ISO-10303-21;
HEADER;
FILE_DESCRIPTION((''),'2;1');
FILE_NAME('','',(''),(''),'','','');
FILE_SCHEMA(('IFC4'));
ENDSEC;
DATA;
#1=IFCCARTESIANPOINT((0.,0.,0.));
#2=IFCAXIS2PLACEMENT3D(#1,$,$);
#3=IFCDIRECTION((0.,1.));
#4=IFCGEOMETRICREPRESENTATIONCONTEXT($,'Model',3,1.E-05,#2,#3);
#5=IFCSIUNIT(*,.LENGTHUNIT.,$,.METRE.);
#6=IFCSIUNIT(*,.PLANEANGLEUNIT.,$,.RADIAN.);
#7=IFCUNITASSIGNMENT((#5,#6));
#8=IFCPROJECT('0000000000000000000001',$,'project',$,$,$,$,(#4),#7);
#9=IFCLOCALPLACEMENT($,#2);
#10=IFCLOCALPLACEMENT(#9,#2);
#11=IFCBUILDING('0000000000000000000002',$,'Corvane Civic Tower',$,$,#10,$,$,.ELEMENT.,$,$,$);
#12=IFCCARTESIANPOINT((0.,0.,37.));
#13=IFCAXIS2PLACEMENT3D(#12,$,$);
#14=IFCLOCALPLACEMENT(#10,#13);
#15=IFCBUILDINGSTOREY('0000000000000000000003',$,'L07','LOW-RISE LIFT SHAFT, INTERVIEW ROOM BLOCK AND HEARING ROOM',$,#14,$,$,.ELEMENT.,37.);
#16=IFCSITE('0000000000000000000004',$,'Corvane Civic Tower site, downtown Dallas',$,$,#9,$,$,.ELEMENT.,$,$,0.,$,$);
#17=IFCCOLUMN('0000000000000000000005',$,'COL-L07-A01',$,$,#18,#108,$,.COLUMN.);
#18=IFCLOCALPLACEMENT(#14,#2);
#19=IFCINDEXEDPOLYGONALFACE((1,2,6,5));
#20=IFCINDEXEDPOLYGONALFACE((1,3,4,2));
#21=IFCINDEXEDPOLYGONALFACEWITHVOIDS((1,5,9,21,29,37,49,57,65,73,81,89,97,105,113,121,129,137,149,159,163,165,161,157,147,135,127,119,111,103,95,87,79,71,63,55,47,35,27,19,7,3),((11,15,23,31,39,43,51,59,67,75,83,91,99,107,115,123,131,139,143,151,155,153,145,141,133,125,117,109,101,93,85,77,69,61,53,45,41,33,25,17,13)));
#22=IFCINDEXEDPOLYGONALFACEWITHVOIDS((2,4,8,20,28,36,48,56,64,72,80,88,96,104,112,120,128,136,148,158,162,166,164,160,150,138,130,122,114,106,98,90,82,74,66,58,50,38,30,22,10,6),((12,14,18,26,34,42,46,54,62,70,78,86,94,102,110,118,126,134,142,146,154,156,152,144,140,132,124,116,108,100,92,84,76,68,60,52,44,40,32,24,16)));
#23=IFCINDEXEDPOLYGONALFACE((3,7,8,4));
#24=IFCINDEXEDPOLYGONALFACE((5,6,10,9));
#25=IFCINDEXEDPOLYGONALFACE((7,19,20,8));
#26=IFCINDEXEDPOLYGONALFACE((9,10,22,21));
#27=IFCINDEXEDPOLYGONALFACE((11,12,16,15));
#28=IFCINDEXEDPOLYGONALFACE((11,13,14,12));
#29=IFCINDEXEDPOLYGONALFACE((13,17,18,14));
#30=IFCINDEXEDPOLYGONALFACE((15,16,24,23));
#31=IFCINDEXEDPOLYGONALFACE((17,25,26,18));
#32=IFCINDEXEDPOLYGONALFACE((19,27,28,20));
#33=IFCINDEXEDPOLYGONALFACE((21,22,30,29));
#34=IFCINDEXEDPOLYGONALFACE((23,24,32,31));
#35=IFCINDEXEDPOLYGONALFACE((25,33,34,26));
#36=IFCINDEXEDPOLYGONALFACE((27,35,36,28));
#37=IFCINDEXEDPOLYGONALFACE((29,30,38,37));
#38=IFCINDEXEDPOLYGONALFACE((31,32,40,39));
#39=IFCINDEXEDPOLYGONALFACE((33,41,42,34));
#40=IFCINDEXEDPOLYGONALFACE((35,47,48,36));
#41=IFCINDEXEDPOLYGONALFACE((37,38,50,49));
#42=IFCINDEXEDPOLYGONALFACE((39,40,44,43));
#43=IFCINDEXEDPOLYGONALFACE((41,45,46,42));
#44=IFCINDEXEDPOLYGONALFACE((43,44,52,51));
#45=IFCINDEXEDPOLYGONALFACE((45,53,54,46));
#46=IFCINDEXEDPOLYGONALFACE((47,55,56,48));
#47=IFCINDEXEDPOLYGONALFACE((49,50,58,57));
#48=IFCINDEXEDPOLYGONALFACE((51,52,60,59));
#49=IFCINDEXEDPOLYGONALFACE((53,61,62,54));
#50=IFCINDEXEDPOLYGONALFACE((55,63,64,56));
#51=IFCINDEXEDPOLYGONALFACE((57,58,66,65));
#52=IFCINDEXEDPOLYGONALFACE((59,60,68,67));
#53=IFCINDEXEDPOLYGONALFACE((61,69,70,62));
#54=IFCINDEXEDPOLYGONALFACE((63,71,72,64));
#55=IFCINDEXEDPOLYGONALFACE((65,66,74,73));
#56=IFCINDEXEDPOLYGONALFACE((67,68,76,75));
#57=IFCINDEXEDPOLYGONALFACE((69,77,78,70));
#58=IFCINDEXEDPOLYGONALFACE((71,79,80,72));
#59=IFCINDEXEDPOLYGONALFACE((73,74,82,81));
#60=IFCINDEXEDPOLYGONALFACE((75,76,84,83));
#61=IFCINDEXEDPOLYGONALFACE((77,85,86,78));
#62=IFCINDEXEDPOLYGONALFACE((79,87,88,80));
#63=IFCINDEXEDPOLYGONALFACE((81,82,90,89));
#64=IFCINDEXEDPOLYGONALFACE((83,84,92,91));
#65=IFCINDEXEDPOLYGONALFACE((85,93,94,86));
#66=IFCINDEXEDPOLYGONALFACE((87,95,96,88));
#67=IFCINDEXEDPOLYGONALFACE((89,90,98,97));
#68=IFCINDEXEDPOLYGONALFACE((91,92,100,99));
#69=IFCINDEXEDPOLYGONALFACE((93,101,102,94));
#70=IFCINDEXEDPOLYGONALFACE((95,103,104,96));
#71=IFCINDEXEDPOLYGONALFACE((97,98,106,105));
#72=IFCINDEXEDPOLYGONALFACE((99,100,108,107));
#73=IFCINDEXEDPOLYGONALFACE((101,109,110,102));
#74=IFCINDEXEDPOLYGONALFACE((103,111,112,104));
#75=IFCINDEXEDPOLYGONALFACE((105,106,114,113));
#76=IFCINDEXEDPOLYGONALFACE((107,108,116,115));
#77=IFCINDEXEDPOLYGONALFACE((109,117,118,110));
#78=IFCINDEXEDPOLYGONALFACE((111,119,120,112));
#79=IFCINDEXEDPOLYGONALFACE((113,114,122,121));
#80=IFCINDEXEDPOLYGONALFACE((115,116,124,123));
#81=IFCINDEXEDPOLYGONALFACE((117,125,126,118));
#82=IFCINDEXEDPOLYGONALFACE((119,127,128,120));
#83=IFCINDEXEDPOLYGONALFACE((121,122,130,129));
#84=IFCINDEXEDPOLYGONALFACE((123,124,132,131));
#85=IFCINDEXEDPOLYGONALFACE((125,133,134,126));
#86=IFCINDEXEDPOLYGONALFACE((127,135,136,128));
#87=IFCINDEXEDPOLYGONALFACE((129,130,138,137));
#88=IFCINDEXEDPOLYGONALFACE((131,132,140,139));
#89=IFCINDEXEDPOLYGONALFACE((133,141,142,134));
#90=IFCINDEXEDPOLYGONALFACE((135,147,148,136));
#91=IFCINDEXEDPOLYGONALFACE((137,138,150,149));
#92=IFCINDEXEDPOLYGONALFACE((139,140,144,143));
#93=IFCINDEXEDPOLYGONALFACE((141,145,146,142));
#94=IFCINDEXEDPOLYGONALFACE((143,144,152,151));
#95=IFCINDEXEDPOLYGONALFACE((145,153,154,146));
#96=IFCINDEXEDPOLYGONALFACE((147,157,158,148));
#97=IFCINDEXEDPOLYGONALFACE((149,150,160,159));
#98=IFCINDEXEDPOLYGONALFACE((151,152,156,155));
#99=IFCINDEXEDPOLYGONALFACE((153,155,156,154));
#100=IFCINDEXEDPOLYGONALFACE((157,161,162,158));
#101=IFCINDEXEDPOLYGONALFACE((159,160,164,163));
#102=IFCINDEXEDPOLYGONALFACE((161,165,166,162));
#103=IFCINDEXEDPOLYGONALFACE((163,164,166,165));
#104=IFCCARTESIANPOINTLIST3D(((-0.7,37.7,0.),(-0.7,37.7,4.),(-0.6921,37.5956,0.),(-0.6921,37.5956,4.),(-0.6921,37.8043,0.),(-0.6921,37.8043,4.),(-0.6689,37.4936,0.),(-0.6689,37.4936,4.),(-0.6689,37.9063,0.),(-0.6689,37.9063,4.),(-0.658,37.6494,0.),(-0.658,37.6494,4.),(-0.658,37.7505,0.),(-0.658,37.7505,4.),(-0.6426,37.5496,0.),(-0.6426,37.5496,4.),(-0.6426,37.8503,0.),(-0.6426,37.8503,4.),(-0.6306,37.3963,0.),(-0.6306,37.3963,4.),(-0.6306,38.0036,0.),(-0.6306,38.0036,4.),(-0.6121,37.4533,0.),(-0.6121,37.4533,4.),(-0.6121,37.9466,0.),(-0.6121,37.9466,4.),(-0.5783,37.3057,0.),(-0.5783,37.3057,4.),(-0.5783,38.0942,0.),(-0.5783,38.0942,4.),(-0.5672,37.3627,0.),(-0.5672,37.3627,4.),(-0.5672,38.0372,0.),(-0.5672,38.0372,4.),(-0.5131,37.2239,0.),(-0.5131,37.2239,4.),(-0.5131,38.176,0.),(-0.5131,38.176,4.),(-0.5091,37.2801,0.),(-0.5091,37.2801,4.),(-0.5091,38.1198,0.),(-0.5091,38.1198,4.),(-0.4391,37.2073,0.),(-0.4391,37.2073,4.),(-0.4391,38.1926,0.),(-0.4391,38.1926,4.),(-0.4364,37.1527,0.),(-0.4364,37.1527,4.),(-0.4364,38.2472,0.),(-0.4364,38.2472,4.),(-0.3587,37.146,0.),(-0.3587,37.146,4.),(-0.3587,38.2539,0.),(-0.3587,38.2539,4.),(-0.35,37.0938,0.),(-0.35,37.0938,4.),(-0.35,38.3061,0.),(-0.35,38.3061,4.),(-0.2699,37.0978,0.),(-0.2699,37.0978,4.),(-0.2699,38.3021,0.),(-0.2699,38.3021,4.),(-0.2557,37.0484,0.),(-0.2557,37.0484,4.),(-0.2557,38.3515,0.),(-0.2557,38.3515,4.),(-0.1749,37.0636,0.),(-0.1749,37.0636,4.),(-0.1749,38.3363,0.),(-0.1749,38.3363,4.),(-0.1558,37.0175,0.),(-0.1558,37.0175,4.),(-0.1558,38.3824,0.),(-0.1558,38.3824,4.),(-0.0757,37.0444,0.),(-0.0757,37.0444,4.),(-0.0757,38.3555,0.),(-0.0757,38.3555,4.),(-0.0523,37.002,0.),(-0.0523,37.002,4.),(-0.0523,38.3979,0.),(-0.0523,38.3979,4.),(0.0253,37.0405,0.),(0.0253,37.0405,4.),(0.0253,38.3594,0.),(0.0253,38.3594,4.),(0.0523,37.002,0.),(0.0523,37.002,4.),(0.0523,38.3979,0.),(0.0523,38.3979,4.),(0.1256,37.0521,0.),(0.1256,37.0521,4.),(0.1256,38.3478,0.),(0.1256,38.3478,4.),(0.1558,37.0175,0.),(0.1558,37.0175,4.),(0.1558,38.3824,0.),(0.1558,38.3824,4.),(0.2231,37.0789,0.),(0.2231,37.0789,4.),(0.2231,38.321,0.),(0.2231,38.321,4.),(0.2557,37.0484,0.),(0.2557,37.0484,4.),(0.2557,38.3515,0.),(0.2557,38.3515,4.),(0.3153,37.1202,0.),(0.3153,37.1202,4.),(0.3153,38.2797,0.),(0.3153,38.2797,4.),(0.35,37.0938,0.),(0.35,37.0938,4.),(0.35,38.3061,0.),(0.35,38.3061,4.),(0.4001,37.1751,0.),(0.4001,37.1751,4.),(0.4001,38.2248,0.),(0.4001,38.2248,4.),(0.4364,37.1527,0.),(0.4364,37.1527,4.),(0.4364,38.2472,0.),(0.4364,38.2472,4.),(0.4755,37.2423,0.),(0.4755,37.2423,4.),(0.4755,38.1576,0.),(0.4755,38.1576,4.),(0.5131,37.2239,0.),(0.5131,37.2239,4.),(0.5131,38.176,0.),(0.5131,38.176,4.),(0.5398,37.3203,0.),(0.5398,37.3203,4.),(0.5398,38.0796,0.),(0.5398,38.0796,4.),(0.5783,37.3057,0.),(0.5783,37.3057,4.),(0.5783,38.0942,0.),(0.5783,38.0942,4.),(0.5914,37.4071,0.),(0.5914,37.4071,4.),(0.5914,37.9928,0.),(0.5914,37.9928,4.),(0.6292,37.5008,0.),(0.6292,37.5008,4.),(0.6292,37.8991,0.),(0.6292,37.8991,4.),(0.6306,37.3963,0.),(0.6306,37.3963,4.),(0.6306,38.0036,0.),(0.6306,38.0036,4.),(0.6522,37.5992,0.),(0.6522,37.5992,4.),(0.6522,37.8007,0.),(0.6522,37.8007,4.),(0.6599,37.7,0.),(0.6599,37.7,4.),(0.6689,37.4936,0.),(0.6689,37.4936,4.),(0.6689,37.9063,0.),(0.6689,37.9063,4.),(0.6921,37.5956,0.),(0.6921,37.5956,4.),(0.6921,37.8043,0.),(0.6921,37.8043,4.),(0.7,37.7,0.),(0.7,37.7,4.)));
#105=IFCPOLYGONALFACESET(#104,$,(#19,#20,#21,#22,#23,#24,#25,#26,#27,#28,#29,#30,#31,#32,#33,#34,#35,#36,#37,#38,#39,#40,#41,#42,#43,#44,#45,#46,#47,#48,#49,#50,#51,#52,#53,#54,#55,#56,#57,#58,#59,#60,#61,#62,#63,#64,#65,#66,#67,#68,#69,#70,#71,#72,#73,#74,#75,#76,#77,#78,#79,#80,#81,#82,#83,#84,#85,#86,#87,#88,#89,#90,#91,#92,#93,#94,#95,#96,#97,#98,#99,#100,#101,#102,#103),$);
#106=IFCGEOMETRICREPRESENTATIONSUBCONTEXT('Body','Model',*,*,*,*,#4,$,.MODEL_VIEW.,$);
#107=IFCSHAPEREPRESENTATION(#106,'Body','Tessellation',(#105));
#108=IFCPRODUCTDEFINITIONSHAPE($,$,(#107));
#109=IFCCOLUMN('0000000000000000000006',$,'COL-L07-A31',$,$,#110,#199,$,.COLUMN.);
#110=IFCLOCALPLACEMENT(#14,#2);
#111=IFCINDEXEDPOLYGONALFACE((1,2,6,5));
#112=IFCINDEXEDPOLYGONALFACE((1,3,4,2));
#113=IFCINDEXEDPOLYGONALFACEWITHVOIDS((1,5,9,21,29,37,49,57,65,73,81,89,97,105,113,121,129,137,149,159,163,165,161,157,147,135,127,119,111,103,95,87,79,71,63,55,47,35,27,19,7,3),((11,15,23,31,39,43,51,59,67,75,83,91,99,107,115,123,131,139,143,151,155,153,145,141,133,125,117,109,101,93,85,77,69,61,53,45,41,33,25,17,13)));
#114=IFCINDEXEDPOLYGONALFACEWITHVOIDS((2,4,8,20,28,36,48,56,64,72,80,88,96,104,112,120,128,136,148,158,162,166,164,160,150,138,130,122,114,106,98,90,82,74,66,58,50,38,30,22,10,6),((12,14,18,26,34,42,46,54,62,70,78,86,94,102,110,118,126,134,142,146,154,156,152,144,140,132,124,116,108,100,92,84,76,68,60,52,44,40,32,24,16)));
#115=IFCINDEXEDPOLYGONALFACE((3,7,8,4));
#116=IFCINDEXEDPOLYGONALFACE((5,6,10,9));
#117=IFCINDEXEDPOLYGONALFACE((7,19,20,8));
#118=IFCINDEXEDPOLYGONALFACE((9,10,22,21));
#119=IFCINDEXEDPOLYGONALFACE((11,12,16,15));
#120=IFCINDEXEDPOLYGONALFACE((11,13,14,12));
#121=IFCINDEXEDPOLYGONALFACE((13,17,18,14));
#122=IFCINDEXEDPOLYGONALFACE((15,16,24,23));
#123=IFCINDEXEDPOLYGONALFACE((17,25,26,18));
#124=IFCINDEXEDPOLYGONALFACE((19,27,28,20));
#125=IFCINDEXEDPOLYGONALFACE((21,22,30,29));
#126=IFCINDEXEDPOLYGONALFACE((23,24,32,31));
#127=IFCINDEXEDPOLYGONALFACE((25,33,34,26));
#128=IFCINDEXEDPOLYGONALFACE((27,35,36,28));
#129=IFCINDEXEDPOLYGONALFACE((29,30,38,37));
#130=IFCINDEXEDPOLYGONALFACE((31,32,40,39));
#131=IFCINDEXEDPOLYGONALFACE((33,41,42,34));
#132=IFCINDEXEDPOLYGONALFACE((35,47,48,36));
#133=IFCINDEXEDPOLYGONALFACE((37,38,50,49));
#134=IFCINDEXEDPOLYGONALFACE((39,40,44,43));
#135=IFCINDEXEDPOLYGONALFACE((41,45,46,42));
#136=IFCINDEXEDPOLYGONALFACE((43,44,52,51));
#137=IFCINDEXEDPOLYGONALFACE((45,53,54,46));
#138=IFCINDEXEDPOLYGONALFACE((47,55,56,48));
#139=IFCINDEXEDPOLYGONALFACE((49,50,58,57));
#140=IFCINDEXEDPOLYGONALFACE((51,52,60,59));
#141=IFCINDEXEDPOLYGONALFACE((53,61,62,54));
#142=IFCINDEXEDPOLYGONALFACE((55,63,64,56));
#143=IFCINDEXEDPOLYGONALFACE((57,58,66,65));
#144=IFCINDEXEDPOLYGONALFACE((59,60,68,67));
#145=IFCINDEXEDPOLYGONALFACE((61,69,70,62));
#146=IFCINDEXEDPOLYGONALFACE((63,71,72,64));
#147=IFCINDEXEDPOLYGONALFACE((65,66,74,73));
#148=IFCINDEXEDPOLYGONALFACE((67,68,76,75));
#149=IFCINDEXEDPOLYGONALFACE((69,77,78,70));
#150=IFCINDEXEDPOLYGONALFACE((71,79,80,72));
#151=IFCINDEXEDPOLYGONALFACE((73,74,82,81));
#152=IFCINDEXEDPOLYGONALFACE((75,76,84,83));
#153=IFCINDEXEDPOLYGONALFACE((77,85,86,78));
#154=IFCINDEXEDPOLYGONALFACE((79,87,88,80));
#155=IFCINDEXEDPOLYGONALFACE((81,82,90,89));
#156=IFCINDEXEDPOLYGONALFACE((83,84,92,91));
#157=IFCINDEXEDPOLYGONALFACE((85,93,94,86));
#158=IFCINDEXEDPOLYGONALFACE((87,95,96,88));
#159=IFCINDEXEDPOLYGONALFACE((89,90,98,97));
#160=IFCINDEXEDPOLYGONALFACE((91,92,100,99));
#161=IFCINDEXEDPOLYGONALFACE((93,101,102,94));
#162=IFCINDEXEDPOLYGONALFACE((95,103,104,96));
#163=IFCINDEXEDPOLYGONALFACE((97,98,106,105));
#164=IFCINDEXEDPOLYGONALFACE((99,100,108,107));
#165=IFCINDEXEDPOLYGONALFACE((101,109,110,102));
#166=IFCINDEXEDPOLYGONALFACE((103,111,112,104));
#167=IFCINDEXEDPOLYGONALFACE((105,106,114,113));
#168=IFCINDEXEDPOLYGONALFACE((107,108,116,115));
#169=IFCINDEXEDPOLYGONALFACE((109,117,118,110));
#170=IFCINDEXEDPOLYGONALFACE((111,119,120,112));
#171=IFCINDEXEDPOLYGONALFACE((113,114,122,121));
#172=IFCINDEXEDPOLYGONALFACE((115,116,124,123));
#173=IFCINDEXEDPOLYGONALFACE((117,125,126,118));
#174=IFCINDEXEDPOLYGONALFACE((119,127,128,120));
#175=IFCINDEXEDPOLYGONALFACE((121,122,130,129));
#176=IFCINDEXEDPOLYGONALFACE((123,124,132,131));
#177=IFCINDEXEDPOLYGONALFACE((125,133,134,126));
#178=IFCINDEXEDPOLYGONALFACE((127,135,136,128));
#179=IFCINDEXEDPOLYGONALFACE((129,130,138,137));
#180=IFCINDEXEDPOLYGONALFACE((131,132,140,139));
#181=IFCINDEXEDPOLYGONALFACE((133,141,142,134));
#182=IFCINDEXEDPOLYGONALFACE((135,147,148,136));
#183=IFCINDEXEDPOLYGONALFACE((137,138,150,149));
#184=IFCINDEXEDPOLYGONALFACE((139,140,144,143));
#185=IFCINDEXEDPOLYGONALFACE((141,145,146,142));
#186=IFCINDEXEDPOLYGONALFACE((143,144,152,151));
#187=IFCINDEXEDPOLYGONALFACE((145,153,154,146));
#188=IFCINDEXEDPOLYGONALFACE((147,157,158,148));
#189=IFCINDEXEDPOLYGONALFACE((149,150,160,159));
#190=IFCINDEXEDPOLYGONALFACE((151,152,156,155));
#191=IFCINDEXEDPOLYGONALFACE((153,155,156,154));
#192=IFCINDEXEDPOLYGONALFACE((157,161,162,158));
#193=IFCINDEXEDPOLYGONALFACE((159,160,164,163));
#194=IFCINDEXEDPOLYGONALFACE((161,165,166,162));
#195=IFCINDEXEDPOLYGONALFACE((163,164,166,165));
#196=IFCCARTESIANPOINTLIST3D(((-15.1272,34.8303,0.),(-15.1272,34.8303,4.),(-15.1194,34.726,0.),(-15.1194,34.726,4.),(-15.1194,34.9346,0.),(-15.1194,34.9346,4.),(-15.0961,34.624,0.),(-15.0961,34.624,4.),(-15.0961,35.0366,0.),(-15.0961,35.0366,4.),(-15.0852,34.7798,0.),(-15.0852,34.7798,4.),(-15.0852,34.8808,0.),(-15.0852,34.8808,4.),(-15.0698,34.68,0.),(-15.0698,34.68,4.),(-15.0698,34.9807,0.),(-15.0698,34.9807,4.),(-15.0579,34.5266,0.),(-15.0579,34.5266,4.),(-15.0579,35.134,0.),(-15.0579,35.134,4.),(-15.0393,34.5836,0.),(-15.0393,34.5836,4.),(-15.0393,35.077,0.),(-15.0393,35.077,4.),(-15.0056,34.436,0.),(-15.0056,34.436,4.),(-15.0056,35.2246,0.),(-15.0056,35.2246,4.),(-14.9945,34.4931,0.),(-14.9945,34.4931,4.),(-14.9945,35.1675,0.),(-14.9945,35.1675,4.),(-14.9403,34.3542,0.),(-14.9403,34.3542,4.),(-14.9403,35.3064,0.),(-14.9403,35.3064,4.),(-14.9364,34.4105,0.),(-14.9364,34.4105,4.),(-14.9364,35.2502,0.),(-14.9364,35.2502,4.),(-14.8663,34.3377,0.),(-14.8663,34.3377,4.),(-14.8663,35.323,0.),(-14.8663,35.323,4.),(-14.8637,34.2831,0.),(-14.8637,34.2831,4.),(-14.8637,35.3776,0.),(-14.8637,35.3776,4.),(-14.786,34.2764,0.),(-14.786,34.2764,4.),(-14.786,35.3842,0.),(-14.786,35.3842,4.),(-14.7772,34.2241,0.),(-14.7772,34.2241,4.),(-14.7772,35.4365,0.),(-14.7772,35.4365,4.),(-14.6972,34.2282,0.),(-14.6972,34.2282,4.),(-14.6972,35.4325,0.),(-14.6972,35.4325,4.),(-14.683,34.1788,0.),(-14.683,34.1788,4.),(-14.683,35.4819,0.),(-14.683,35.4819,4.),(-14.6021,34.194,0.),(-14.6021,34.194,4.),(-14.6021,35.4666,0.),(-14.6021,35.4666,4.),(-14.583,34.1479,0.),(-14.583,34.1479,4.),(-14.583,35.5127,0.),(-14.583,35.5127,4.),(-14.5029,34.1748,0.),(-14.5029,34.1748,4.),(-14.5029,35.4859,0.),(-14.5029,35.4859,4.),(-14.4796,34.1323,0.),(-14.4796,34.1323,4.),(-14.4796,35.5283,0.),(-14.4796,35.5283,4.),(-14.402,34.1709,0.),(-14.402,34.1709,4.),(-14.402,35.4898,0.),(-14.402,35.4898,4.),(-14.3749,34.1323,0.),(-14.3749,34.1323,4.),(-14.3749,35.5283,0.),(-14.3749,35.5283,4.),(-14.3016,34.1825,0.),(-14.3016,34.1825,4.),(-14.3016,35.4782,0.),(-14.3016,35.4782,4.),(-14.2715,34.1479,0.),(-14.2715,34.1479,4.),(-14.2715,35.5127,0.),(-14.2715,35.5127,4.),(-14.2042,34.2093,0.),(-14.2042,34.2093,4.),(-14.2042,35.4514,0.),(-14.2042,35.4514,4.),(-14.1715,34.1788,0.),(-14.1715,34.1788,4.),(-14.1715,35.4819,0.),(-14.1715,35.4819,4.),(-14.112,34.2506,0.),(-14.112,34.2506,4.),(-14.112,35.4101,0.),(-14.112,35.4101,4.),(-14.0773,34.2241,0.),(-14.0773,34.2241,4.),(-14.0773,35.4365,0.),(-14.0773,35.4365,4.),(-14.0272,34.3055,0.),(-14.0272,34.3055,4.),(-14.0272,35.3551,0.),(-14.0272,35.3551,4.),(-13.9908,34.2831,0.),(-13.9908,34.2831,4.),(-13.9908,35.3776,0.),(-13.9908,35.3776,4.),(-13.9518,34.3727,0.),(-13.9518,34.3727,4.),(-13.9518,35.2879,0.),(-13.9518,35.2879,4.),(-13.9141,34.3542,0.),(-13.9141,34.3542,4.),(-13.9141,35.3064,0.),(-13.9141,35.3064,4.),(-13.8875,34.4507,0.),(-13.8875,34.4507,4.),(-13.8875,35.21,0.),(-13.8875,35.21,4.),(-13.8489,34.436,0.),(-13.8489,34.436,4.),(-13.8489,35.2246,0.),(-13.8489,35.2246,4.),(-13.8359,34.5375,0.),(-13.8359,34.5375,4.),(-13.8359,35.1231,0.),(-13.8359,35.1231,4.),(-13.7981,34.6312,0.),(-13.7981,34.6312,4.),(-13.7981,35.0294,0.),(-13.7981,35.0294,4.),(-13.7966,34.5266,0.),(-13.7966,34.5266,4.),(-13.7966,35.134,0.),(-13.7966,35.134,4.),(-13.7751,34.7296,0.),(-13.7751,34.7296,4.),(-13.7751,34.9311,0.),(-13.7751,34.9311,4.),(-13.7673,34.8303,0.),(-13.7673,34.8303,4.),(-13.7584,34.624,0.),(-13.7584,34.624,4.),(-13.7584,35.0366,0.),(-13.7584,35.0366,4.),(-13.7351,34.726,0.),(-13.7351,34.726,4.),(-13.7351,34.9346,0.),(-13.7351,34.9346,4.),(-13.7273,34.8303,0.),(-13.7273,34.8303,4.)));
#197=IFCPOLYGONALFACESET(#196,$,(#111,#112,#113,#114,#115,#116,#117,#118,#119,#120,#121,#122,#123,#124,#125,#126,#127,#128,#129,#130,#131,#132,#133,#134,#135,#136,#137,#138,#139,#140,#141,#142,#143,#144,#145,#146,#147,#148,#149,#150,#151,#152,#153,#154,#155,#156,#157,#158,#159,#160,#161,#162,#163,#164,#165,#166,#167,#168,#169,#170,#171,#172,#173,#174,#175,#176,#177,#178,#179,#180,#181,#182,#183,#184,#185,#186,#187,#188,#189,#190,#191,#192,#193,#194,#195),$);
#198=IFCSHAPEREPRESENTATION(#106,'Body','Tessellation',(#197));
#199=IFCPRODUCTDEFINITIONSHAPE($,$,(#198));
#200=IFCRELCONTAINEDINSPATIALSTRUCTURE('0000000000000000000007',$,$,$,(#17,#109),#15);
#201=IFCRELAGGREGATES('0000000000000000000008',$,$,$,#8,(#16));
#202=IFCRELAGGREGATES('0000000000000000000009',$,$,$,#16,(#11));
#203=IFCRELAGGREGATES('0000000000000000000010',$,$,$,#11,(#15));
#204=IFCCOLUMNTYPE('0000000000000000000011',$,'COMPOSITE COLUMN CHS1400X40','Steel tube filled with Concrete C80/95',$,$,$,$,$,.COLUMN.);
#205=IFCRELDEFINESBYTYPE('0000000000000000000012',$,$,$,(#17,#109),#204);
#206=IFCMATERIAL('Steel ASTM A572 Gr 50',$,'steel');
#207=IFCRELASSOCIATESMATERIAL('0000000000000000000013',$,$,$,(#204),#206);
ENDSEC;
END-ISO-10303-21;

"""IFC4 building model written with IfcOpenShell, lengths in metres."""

from ifc_helpers import new_model, si_unit, direction, frame, origin, origin_2d, place, context, subcontext, project, spatial, hollow_circle, extrude, material, material_profile, profile_set, type_object, element, save


model = new_model("IFC4")

# Units and contexts
model_context = context("Model", 3, precision=1e-05, world=origin(), true_north=direction((0.0, 1.0)))
body_context = subcontext(model_context, "Body", "Model", "MODEL_VIEW")
ifc_project = project(units=[si_unit("LENGTHUNIT", "METRE"), si_unit("PLANEANGLEUNIT", "RADIAN")], contexts=[model_context])

# Site, building, storey
site_placement = place(None, origin())
site = spatial("IfcSite", under=ifc_project, at=site_placement, Name="Corvane Civic Tower site, downtown Dallas", CompositionType="ELEMENT", RefElevation=0.0)
building_placement = place(site_placement, origin())
building = spatial("IfcBuilding", under=site, at=building_placement, Name="Corvane Civic Tower", CompositionType="ELEMENT")
storey_placement = place(building_placement, frame((0.0, 0.0, 37.0)))
storey = spatial("IfcBuildingStorey", under=building, at=storey_placement, Name="L07", Description="LOW-RISE LIFT SHAFT, INTERVIEW ROOM BLOCK AND HEARING ROOM", CompositionType="ELEMENT", Elevation=37.0)

# Columns
ifc_material_1 = material(Name="Steel ASTM A572 Gr 50", Category="steel")
ifc_material_profile_1 = material_profile(ifc_material_1, hollow_circle(Radius=0.7, WallThickness=0.04, at=origin_2d()), Name="CHS1400X40")
ifc_profile_set_1 = profile_set([ifc_material_profile_1], Name="Steel ASTM A572 Gr 50")
column_type = type_object("IfcColumnType", Name="COMPOSITE COLUMN CHS1400X40", Description="Steel tube filled with Concrete C80/95", PredefinedType="COLUMN", material=ifc_profile_set_1)
for number, where, z_axis, x_axis, name in (
    (1, (0.0, 37.7, 0.0), (0.0, 0.0, 1.0), (1.0, 0.0, 0.0), "COL-L07-A01"),
    (2, (-14.4272, 34.8303, 0.0), (0.0, 0.0, 1.0), (1.0, 0.0, 0.0), "COL-L07-A31"),
):
    element("IfcColumn", number, at=place(storey_placement, frame(where, z_axis=z_axis, x_axis=x_axis)), inside=storey, type_object=column_type, Name=name, PredefinedType="COLUMN", context=body_context, shape_type="SweptSolid", body=[
        extrude(hollow_circle(Radius=0.7, WallThickness=0.04, at=origin_2d()), origin(), (0.0, 0.0, 1.0), 4.0),
    ])

save(model, "model.ifc")
